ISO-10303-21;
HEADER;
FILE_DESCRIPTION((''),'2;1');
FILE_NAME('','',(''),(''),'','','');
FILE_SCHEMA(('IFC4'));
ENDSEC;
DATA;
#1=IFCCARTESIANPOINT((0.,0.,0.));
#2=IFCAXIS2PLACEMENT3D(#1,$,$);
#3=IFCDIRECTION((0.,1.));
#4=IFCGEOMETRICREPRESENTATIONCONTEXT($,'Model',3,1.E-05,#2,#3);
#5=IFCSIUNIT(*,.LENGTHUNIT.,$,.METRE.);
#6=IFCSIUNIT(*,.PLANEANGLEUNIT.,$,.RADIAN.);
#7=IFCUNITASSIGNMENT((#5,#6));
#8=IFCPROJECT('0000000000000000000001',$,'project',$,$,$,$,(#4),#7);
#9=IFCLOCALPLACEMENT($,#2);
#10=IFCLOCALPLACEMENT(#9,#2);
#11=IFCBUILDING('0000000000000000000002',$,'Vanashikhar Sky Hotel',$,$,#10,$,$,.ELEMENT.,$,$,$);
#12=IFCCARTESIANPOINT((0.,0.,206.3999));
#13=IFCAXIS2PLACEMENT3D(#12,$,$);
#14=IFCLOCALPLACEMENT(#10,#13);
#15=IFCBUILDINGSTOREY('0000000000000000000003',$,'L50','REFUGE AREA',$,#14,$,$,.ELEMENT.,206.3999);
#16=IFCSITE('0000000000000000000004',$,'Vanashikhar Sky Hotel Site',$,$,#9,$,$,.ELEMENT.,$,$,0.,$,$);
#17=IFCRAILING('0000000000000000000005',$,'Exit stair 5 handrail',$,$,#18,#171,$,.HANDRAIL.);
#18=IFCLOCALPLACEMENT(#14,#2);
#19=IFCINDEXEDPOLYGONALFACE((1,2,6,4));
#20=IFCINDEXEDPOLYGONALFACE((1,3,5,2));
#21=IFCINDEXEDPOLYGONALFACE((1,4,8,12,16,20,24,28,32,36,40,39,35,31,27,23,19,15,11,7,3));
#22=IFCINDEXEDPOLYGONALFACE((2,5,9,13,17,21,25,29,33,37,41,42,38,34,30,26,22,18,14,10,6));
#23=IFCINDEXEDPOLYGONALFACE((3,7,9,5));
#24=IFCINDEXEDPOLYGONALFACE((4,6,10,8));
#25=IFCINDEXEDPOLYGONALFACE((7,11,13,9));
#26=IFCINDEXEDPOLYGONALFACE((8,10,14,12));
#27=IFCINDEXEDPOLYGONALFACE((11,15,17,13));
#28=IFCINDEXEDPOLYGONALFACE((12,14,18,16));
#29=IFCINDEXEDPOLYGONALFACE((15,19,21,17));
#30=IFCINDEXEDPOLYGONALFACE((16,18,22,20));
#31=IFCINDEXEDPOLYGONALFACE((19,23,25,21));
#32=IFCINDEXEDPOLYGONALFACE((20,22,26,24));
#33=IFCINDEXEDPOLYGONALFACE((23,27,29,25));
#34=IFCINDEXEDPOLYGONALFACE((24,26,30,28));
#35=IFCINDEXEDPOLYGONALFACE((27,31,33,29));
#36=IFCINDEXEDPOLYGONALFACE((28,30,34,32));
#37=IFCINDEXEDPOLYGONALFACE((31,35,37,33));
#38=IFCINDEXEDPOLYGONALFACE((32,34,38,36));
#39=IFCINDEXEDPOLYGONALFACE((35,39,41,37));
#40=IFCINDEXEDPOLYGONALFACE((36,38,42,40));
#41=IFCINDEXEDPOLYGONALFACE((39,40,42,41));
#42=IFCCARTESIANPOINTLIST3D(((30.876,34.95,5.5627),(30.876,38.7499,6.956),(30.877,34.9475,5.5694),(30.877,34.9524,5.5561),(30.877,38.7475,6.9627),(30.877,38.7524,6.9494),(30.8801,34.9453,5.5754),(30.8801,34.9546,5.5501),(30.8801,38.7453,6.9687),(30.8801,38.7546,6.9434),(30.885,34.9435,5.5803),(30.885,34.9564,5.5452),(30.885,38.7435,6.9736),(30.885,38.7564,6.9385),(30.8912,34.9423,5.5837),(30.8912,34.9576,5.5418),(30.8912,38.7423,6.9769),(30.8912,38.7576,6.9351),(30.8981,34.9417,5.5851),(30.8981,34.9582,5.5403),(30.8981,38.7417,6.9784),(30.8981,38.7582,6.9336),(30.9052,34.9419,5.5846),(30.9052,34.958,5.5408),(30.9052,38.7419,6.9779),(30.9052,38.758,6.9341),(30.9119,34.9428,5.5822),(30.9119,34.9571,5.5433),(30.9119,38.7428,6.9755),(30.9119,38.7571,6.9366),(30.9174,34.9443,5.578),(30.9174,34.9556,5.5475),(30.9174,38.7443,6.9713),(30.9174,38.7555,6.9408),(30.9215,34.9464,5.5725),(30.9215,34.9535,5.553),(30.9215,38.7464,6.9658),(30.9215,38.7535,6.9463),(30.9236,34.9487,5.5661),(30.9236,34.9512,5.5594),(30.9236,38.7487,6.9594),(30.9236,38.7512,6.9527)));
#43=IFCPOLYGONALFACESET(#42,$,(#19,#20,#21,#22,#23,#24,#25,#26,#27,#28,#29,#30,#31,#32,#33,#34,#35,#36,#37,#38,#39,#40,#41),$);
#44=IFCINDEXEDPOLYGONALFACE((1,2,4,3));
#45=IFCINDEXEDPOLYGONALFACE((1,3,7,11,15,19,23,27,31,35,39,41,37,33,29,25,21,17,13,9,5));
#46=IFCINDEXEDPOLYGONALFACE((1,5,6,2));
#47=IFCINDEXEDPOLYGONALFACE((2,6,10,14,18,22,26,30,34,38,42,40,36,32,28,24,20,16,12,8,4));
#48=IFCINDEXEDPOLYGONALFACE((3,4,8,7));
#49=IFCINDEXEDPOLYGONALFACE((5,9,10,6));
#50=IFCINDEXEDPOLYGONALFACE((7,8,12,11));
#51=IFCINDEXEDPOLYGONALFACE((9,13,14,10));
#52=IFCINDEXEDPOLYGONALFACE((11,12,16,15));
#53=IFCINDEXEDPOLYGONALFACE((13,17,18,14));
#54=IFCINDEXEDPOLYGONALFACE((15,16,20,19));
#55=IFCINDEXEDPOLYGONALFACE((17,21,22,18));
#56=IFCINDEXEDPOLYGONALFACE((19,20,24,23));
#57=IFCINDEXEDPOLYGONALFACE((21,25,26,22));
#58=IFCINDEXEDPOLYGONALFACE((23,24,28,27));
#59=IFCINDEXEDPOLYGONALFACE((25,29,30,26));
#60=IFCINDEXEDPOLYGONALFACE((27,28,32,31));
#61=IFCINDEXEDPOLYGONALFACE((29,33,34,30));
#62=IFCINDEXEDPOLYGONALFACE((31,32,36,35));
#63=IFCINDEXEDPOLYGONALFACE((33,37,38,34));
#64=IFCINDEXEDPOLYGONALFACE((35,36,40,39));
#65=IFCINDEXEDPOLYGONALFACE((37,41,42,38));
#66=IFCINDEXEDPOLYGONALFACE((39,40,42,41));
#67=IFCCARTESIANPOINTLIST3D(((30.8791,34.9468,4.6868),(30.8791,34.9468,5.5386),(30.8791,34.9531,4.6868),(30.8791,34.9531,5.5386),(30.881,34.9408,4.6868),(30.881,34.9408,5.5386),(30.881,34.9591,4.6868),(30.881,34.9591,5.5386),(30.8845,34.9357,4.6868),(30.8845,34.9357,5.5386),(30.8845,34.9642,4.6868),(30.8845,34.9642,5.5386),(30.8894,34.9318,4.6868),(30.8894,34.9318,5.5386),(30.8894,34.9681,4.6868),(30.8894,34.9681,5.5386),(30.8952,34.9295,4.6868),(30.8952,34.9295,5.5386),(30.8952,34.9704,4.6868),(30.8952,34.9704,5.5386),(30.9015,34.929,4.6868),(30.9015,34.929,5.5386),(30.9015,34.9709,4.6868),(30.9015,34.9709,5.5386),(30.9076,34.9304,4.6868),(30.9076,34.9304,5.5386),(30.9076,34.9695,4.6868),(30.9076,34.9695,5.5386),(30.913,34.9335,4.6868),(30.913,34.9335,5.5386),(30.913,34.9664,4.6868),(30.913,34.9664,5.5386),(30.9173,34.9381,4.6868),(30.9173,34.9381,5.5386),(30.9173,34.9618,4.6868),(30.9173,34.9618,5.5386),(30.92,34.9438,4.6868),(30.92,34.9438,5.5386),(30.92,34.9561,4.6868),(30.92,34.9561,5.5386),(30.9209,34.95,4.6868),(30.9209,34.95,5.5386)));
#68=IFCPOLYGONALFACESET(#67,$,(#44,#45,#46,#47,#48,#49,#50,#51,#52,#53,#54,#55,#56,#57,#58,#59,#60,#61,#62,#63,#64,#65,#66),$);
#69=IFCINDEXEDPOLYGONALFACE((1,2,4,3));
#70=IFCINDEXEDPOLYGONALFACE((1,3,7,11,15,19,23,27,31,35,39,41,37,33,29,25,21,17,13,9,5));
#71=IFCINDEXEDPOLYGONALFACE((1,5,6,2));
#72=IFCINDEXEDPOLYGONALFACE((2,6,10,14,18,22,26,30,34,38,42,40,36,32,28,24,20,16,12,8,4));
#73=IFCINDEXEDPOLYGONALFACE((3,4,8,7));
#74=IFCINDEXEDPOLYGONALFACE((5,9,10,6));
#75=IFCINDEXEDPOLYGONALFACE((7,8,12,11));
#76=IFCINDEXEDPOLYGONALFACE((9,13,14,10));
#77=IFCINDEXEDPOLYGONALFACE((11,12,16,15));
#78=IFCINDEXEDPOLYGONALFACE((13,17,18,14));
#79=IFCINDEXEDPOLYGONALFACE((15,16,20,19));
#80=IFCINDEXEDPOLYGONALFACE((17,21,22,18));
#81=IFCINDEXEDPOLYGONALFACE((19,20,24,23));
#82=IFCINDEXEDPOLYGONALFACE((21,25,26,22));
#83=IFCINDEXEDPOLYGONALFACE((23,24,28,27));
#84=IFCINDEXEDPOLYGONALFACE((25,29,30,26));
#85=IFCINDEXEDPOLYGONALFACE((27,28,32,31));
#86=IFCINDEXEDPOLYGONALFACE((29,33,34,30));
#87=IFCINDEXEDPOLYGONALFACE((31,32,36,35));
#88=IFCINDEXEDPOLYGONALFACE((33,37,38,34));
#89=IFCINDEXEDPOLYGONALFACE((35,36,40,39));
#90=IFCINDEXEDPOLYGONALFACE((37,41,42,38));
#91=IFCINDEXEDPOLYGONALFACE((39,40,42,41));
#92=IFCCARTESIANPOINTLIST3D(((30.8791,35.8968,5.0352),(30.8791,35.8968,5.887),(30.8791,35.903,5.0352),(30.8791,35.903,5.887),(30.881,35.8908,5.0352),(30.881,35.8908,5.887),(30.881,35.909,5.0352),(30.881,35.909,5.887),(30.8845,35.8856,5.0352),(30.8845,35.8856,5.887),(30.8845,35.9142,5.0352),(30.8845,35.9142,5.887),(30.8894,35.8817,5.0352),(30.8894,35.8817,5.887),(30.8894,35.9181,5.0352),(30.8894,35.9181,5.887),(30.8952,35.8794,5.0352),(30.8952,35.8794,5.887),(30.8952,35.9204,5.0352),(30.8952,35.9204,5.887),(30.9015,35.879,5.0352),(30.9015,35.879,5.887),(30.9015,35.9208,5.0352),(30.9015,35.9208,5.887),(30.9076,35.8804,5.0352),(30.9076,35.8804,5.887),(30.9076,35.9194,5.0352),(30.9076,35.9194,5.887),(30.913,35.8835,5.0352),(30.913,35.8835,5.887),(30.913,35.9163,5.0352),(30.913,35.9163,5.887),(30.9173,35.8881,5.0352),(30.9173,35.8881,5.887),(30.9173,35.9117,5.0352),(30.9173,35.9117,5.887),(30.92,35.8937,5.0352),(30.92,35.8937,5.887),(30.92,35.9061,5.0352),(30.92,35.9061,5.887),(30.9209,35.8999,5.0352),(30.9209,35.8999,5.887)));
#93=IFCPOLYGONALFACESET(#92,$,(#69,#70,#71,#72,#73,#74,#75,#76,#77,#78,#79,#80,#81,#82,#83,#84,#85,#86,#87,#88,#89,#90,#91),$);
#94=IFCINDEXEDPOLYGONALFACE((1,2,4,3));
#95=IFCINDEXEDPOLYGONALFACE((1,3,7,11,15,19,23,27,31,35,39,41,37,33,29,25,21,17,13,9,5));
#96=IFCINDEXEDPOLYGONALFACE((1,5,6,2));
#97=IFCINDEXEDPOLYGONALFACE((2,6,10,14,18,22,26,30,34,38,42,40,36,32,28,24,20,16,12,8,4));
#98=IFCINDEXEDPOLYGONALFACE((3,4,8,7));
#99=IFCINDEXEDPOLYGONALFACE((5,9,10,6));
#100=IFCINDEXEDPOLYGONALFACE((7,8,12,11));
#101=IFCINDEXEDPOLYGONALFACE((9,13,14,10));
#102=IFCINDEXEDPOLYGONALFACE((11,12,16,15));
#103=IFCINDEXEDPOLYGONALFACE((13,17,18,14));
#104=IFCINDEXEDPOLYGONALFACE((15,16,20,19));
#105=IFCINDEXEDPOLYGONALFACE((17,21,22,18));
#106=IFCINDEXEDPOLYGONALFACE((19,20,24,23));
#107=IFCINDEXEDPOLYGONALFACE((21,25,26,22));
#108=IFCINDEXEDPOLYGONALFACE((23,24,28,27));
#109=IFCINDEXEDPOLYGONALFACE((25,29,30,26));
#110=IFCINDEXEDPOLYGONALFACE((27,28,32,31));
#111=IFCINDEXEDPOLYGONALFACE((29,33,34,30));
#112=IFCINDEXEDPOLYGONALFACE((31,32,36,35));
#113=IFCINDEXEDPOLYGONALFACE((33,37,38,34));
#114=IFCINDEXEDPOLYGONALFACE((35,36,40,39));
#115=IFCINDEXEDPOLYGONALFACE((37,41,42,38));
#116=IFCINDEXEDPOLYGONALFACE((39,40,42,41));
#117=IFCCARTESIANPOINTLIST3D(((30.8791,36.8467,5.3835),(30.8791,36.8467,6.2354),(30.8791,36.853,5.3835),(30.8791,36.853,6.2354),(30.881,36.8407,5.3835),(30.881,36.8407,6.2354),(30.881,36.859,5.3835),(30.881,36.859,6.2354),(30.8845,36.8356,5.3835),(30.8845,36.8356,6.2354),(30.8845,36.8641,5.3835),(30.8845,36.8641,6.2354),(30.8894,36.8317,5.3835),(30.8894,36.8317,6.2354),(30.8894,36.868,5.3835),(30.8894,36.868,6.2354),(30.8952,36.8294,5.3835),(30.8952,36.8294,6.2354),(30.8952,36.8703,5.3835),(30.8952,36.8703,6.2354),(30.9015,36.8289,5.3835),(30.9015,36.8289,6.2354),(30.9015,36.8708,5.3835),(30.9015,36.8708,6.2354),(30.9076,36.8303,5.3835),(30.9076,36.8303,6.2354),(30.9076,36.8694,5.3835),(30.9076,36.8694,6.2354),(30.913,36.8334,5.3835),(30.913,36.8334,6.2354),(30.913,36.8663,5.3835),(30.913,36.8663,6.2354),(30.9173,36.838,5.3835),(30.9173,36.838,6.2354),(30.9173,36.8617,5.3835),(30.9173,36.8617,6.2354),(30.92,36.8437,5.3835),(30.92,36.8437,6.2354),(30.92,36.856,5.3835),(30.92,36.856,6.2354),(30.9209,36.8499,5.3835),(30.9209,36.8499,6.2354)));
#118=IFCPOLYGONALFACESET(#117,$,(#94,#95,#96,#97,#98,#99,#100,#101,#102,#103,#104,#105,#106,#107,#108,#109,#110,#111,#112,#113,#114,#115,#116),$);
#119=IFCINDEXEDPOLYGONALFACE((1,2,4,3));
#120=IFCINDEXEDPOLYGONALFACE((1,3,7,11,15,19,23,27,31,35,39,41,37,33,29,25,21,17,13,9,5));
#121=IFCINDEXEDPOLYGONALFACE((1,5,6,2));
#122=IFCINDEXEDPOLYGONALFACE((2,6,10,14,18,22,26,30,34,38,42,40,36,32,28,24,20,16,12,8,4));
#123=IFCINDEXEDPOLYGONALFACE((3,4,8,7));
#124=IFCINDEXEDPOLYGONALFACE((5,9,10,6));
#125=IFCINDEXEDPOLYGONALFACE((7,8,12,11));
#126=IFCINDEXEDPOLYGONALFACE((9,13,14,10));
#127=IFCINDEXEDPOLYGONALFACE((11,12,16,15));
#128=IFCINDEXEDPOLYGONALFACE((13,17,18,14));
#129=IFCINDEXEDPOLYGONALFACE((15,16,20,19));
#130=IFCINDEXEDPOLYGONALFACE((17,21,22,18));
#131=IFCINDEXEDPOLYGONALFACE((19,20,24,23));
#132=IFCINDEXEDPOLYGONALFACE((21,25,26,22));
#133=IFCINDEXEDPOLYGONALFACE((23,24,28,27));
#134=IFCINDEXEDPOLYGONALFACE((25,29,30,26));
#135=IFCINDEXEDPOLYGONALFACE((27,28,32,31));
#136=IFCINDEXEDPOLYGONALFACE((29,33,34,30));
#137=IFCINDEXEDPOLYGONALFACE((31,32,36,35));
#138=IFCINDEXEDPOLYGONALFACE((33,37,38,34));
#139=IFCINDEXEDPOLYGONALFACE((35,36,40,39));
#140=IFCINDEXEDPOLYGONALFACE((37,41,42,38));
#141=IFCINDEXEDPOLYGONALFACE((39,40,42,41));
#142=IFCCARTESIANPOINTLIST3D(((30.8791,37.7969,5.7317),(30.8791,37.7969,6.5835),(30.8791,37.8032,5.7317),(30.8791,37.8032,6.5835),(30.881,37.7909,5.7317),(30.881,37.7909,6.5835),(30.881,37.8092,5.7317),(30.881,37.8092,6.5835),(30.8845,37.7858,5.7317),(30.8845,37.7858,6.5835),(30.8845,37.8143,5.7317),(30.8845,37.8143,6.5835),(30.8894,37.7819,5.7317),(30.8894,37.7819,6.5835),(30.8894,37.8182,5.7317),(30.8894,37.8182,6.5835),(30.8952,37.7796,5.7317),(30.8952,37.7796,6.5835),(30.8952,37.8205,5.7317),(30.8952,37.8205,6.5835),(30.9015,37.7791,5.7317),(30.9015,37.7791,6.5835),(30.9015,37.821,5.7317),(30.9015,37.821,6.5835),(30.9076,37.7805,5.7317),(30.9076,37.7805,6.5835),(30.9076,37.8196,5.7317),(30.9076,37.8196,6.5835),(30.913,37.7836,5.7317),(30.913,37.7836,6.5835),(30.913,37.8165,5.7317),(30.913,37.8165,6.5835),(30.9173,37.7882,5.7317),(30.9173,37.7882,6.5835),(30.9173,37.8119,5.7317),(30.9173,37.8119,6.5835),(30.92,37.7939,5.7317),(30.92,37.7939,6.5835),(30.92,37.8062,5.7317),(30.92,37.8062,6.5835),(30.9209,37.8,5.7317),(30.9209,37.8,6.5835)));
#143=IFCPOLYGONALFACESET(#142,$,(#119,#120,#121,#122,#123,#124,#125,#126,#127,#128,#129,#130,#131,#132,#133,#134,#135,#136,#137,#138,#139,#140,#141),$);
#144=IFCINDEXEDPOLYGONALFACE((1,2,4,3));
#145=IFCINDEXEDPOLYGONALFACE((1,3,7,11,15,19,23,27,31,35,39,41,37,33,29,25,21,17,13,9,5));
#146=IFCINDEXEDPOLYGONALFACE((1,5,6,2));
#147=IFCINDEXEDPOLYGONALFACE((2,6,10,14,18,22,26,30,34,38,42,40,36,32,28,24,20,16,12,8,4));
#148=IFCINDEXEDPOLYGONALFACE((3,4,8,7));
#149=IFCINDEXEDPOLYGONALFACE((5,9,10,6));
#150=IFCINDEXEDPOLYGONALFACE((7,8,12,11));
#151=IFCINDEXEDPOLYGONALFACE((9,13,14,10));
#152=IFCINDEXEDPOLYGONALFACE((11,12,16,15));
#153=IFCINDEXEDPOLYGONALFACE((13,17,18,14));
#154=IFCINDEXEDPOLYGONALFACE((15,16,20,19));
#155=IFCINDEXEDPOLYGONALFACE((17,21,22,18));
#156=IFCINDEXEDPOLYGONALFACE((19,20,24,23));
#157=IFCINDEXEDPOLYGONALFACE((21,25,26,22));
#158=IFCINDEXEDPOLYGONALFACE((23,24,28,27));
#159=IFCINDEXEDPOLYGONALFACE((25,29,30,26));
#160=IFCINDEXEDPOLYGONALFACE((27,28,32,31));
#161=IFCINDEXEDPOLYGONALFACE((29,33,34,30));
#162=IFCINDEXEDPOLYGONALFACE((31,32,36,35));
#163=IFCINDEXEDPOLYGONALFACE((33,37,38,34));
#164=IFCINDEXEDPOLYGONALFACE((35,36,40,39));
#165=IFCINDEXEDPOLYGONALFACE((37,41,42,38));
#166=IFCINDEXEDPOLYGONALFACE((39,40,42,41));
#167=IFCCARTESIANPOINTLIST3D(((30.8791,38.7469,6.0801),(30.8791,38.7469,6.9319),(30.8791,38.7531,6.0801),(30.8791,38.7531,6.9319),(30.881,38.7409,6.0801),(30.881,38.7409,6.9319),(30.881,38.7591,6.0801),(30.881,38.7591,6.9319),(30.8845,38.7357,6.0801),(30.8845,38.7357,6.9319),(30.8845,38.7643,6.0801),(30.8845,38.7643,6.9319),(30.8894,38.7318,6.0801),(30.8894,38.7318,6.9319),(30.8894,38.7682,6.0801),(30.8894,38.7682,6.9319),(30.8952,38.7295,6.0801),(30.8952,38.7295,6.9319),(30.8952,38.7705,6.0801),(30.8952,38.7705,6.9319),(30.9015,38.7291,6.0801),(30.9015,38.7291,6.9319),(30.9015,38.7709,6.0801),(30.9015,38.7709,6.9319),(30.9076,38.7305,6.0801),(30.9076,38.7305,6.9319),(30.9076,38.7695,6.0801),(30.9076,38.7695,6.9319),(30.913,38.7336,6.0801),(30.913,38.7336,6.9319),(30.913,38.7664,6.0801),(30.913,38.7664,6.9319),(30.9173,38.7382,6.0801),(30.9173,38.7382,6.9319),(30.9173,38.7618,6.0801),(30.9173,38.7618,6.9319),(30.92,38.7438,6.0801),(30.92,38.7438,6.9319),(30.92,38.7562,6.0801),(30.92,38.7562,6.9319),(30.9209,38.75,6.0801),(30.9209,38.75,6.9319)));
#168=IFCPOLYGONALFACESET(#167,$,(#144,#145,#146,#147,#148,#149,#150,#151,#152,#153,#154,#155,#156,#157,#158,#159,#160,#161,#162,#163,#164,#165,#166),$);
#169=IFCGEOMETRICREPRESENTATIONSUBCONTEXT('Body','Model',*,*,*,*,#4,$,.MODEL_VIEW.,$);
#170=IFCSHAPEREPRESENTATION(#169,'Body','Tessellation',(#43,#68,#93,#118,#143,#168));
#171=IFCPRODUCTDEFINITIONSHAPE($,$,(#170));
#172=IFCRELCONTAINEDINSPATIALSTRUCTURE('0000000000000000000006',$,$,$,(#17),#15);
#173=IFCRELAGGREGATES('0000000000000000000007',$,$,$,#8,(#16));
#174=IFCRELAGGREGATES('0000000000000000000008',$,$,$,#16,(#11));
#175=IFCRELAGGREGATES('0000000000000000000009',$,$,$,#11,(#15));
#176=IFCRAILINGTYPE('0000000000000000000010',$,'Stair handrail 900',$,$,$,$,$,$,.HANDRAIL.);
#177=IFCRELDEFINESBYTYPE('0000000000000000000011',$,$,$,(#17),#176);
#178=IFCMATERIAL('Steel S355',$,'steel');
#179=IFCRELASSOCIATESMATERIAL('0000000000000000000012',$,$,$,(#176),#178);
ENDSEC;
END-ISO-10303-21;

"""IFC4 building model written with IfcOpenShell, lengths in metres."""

from ifc_helpers import new_model, si_unit, direction, frame, origin, origin_2d, place, context, subcontext, project, spatial, circle, extrude, source, transform, mapped, material, type_object, element, save


model = new_model("IFC4")

# Units and contexts
model_context = context("Model", 3, precision=1e-05, world=origin(), true_north=direction((0.0, 1.0)))
body_context = subcontext(model_context, "Body", "Model", "MODEL_VIEW")
ifc_project = project(units=[si_unit("LENGTHUNIT", "METRE"), si_unit("PLANEANGLEUNIT", "RADIAN")], contexts=[model_context])

# Site, building, storey
site_placement = place(None, origin())
site = spatial("IfcSite", under=ifc_project, at=site_placement, Name="Vanashikhar Sky Hotel Site", CompositionType="ELEMENT", RefElevation=0.0)
building_placement = place(site_placement, origin())
building = spatial("IfcBuilding", under=site, at=building_placement, Name="Vanashikhar Sky Hotel", CompositionType="ELEMENT")
storey_placement = place(building_placement, frame((0.0, 0.0, 206.3999)))
storey = spatial("IfcBuildingStorey", under=building, at=storey_placement, Name="L50", Description="REFUGE AREA", CompositionType="ELEMENT", Elevation=206.3999)

# Railing
ifc_material_1 = material(Name="Steel S355", Category="steel")
railing_type_1 = type_object("IfcRailingType", Name="Stair handrail 900", PredefinedType="HANDRAIL", material=ifc_material_1)
shared_shape_1 = source(origin(), body_context, "Body", "SweptSolid", [
    extrude(circle(Radius=0.0239, at=origin_2d()), frame((0.0, 0.0, 0.876), z_axis=(0.0, 0.93888, 0.344246), x_axis=(-1.0, 0.0, 0.0)), (0.0, 0.0, 1.0), 4.0474),
    extrude(circle(Radius=0.021, at=origin_2d()), origin(), (0.0, 0.0, 1.0), 0.8518),
    extrude(circle(Radius=0.021, at=origin_2d()), frame((0.0, 0.95, 0.3484)), (0.0, 0.0, 1.0), 0.8518),
    extrude(circle(Radius=0.021, at=origin_2d()), frame((0.0, 1.8999, 0.6968)), (0.0, 0.0, 1.0), 0.8518),
    extrude(circle(Radius=0.021, at=origin_2d()), frame((0.0, 2.8501, 1.0449)), (0.0, 0.0, 1.0), 0.8518),
    extrude(circle(Radius=0.021, at=origin_2d()), frame((0.0, 3.8, 1.3933)), (0.0, 0.0, 1.0), 0.8518),
])
for number, where, name in (
    (1, (30.8999, 34.95, 4.6868), "Exit stair 5 handrail"),
):
    element("IfcRailing", number, at=place(storey_placement, frame(where)), inside=storey, type_object=railing_type_1, Name=name, PredefinedType="HANDRAIL", context=body_context, shape_type="MappedRepresentation", body=[
        mapped(shared_shape_1, transform((0.0, 0.0, 0.0), scale=1.0)),
    ])

save(model, "model.ifc")
